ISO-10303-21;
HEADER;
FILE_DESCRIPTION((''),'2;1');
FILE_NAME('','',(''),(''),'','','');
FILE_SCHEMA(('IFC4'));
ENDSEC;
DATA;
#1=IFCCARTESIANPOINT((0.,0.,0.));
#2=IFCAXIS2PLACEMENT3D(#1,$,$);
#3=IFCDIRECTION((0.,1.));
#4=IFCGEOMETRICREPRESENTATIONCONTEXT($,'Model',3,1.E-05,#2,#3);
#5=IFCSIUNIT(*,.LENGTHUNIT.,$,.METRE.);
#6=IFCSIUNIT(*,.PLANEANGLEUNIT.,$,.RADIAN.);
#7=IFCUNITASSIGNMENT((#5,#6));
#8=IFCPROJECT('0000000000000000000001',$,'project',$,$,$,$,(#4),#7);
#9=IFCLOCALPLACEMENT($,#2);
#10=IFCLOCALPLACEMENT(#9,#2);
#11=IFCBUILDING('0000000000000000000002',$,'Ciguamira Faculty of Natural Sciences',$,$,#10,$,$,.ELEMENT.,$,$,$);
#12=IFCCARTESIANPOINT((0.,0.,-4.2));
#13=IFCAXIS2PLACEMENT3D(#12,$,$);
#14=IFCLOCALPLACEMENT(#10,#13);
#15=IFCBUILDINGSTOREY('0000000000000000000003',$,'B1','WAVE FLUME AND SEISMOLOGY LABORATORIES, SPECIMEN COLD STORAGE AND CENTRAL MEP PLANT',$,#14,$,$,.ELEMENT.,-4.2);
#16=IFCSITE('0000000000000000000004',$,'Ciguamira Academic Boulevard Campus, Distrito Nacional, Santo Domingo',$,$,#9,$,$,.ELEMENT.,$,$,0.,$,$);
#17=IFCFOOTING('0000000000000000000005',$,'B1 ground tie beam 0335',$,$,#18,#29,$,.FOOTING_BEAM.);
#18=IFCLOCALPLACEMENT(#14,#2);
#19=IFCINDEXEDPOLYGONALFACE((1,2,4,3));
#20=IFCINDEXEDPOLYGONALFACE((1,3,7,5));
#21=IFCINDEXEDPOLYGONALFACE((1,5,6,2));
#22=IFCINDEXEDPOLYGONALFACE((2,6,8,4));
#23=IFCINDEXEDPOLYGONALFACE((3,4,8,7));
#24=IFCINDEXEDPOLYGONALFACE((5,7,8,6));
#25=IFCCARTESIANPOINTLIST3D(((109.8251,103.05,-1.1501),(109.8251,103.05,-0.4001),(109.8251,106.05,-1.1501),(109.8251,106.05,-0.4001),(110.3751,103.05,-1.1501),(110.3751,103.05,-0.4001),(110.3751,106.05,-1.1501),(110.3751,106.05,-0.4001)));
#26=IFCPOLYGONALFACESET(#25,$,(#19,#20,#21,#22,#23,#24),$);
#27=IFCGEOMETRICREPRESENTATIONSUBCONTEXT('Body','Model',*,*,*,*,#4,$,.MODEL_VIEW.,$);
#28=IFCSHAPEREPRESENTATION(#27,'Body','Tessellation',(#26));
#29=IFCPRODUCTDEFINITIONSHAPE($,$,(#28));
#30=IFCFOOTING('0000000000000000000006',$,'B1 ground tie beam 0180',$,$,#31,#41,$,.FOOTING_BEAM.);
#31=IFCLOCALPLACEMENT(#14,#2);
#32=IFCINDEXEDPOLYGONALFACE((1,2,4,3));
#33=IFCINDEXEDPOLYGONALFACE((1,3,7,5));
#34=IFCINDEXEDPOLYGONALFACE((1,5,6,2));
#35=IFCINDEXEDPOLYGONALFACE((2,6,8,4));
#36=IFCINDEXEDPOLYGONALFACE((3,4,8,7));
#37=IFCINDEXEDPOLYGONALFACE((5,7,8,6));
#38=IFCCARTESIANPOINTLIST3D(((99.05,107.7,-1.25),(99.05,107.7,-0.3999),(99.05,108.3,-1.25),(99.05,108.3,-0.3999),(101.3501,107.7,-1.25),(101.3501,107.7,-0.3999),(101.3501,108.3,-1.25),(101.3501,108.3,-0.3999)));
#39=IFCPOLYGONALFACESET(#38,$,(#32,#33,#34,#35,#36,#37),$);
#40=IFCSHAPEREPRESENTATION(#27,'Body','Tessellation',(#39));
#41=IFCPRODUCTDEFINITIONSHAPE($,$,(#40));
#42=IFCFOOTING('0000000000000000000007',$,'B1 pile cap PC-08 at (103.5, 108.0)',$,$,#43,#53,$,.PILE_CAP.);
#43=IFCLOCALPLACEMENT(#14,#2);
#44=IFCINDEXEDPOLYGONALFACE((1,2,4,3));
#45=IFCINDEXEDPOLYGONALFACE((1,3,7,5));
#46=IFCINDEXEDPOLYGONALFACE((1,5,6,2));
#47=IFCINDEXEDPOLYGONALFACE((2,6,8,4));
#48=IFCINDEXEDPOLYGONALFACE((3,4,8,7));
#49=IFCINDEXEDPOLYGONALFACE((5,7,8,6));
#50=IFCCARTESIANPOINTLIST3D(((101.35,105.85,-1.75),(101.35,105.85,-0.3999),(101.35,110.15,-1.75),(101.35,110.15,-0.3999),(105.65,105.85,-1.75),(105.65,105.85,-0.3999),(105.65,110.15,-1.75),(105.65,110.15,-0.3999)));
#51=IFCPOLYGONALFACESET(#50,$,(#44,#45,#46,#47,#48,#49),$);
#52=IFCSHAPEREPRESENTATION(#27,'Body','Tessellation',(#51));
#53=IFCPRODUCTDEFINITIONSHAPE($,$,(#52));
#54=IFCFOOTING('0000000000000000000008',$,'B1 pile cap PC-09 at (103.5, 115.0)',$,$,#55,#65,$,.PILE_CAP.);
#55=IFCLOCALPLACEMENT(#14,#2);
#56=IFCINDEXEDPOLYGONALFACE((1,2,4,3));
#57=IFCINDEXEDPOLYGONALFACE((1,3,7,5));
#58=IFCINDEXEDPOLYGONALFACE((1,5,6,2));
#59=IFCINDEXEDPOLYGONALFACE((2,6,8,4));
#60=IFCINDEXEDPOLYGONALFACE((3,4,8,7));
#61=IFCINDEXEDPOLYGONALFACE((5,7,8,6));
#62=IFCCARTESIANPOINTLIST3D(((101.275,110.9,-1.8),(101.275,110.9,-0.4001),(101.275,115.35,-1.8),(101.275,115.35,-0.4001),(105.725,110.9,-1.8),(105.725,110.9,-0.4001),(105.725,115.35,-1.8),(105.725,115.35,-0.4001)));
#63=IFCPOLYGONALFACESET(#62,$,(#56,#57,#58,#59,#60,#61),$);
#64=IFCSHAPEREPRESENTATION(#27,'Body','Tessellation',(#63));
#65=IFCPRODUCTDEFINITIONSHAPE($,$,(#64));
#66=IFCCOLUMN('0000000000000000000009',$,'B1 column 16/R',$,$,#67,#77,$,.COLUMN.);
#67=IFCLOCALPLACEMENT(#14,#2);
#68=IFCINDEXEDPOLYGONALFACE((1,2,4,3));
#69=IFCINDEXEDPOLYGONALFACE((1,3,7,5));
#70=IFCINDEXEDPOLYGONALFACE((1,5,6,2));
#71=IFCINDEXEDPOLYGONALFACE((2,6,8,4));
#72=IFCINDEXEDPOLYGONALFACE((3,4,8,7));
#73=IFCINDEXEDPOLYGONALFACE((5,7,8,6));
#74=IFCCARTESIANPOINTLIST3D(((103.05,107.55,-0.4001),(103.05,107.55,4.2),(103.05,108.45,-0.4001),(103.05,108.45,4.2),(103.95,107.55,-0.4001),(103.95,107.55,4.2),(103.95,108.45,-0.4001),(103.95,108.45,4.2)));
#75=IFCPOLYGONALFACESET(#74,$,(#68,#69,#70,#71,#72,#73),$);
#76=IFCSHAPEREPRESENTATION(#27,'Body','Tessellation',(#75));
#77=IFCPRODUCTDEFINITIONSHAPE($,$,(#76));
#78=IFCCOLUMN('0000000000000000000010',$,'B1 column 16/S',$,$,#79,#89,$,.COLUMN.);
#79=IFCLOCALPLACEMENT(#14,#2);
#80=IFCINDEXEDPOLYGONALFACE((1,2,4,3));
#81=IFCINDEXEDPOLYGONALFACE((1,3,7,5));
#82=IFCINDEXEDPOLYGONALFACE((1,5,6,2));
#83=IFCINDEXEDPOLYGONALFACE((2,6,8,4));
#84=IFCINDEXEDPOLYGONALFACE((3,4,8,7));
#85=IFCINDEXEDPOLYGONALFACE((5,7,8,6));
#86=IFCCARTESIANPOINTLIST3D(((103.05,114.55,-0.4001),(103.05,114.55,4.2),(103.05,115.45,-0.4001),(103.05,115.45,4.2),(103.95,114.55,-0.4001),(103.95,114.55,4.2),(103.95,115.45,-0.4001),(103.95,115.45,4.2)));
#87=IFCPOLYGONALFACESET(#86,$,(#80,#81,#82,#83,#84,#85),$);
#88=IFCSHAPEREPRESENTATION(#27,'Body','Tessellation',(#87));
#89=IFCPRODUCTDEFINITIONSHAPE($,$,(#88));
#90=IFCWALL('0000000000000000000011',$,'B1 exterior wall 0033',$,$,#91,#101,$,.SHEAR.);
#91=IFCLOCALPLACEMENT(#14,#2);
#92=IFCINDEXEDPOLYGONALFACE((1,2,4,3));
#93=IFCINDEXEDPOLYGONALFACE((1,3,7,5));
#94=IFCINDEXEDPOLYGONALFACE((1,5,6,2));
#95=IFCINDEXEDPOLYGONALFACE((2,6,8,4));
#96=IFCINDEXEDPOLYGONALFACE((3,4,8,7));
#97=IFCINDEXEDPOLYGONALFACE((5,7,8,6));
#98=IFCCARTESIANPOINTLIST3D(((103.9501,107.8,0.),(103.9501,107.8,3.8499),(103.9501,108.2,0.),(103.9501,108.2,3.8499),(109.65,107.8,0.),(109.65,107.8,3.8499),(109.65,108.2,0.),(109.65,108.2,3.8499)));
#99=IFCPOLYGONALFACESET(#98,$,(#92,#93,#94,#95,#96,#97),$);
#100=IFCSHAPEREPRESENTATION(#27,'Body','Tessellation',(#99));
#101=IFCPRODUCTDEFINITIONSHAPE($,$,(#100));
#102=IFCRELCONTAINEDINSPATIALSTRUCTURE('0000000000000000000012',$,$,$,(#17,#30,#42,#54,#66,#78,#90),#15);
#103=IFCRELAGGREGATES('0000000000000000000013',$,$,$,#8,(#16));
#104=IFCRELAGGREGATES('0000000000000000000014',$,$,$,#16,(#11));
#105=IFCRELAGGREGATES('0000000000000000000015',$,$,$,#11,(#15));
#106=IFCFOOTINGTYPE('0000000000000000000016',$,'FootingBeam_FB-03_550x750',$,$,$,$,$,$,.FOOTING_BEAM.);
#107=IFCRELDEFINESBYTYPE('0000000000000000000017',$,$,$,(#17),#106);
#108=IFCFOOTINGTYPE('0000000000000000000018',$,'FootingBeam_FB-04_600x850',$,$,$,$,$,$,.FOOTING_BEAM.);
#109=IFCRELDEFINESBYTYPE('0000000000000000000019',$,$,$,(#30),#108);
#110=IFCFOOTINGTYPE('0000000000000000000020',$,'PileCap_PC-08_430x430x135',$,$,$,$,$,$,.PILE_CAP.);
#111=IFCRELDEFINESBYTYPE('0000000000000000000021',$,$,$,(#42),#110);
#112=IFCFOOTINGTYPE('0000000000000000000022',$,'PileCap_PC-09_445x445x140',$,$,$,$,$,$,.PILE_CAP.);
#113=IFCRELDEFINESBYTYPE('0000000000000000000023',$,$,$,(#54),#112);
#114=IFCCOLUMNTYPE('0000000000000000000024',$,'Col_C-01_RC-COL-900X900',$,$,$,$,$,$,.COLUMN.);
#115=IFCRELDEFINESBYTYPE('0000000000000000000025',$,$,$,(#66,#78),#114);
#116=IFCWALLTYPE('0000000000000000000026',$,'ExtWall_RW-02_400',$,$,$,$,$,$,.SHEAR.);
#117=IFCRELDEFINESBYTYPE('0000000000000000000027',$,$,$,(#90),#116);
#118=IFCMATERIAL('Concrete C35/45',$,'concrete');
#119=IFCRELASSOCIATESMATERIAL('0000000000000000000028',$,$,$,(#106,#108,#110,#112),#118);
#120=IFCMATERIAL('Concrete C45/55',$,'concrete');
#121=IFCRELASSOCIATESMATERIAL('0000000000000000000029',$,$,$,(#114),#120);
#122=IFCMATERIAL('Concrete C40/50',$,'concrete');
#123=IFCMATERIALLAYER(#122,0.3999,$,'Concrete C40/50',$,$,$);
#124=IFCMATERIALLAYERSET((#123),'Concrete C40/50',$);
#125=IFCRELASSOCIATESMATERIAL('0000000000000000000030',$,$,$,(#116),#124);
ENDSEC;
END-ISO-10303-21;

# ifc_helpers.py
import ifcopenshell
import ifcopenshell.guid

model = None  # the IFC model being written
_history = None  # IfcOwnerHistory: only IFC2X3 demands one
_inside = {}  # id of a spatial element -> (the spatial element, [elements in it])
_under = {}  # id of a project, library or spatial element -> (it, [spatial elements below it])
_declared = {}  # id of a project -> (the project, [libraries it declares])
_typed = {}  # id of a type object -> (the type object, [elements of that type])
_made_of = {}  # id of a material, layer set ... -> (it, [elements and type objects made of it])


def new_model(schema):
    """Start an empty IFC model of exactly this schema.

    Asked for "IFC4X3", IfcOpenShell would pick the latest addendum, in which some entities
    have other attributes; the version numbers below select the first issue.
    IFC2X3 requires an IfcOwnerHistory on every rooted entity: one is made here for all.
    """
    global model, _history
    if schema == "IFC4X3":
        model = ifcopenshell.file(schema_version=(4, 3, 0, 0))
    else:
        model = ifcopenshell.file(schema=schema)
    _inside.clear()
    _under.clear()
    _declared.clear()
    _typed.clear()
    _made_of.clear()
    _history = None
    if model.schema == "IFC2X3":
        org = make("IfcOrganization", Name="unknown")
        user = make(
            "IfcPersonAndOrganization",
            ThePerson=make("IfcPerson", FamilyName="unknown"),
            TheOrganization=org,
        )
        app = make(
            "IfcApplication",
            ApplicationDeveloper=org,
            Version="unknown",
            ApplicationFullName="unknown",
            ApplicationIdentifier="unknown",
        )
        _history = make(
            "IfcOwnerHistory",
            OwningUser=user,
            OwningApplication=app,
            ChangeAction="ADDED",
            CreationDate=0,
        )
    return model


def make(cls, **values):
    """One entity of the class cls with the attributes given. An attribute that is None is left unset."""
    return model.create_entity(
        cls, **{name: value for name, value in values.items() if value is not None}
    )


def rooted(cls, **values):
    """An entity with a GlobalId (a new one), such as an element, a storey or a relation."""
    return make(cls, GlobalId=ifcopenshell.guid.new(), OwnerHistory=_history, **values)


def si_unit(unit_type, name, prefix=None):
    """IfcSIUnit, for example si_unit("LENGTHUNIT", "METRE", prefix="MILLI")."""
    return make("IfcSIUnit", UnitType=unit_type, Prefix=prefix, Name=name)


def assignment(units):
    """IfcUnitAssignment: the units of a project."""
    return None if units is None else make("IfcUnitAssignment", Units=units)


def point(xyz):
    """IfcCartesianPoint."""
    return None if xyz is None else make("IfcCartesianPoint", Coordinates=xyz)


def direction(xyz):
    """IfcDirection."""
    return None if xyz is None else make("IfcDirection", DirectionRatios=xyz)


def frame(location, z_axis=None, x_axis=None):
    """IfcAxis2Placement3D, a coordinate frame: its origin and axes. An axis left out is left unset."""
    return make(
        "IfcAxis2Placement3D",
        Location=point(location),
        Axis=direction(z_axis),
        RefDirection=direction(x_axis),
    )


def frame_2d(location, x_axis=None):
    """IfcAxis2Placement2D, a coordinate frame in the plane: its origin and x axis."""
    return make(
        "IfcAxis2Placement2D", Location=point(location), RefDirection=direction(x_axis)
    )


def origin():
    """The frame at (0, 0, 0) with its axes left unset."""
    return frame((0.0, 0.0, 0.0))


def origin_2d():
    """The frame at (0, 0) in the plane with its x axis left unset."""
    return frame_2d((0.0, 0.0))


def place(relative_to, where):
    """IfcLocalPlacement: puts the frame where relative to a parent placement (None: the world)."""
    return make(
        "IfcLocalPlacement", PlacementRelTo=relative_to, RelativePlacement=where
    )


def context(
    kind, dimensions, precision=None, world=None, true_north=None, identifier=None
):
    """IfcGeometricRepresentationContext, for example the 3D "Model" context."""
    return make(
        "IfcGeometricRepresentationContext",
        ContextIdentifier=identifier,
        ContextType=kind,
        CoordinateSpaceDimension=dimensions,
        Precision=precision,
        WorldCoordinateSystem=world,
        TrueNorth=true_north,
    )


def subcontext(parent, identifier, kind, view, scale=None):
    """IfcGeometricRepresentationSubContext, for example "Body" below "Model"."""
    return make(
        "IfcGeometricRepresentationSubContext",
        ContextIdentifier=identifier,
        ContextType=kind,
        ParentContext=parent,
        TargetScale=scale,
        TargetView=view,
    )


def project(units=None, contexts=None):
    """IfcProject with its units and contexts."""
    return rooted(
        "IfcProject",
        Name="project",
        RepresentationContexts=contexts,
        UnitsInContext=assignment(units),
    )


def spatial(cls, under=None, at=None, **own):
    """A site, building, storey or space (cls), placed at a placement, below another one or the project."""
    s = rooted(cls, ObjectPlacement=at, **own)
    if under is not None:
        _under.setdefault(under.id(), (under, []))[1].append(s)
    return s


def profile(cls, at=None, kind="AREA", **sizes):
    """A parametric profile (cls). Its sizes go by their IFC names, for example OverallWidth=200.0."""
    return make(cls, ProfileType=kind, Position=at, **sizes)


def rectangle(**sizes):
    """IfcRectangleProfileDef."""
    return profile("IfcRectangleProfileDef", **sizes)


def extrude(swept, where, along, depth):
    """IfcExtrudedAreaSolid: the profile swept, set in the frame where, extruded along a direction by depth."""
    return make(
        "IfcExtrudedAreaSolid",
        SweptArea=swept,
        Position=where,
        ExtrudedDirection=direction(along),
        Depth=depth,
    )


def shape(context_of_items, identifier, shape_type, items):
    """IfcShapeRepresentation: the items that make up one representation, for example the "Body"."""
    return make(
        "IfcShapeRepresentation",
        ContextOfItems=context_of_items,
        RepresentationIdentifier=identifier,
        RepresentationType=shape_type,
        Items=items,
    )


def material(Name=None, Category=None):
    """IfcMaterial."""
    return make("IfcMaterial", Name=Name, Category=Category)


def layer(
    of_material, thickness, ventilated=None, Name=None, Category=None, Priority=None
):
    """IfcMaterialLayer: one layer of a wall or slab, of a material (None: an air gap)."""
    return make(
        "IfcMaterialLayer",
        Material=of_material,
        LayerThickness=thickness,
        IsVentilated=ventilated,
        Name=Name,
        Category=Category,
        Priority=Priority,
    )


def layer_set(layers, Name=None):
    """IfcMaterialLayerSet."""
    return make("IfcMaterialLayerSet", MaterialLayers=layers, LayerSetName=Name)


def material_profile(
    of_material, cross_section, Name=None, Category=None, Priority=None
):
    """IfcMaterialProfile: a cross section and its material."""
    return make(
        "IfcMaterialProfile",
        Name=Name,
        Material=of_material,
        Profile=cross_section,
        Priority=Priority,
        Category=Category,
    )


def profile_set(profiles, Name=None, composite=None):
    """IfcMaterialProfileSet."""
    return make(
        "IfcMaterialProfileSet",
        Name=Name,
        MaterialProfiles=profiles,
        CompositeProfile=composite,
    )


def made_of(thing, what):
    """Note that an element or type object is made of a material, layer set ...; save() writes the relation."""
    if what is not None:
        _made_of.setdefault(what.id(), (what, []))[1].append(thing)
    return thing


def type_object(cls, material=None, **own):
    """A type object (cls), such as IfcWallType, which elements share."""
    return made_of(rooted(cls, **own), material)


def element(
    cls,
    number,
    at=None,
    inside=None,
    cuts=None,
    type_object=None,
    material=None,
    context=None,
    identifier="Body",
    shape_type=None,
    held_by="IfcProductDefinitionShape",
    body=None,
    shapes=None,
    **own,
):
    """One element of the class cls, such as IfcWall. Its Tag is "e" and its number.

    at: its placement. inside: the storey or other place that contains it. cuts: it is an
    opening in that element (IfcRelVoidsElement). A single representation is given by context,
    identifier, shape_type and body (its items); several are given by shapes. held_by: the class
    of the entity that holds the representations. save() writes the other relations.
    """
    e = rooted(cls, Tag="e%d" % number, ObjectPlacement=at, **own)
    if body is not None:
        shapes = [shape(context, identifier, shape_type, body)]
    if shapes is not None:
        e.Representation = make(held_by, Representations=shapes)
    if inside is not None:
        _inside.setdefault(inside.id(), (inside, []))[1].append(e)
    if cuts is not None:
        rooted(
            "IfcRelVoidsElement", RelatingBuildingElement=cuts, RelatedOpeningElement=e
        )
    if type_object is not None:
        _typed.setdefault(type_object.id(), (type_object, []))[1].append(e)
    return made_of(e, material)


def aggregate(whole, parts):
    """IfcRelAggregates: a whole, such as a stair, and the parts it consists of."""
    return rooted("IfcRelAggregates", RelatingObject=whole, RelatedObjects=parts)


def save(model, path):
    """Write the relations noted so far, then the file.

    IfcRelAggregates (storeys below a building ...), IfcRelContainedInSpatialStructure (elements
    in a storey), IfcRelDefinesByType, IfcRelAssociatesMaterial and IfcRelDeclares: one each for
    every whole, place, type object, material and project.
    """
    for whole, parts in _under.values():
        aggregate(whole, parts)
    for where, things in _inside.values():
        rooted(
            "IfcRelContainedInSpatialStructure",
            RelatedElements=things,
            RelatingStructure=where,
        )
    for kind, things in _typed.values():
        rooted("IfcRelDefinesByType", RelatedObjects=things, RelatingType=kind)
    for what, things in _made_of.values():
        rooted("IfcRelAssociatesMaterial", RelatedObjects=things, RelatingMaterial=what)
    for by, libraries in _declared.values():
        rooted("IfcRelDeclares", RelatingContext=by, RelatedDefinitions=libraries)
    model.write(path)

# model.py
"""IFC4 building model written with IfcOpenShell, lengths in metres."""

from ifc_helpers import new_model, si_unit, direction, frame, frame_2d, origin, origin_2d, place, context, subcontext, project, spatial, rectangle, extrude, material, layer, layer_set, material_profile, profile_set, type_object, element, save


model = new_model("IFC4")

# Units and contexts
model_context = context("Model", 3, precision=1e-05, world=origin(), true_north=direction((0.0, 1.0)))
body_context = subcontext(model_context, "Body", "Model", "MODEL_VIEW")
ifc_project = project(units=[si_unit("LENGTHUNIT", "METRE"), si_unit("PLANEANGLEUNIT", "RADIAN")], contexts=[model_context])

# Site, building, storey
site_placement = place(None, origin())
site = spatial("IfcSite", under=ifc_project, at=site_placement, Name="Ciguamira Academic Boulevard Campus, Distrito Nacional, Santo Domingo", CompositionType="ELEMENT", RefElevation=0.0)
building_placement = place(site_placement, origin())
building = spatial("IfcBuilding", under=site, at=building_placement, Name="Ciguamira Faculty of Natural Sciences", CompositionType="ELEMENT")
storey_placement = place(building_placement, frame((0.0, 0.0, -4.2)))
storey = spatial("IfcBuildingStorey", under=building, at=storey_placement, Name="B1", Description="WAVE FLUME AND SEISMOLOGY LABORATORIES, SPECIMEN COLD STORAGE AND CENTRAL MEP PLANT", CompositionType="ELEMENT", Elevation=-4.2)

# Shared definitions
ifc_material_1 = material(Name="Concrete C35/45", Category="concrete")

# Footings
ifc_material_profile_1 = material_profile(ifc_material_1, rectangle(XDim=0.55, YDim=0.75, at=origin_2d()), Name="RC-FB-550X750")
ifc_profile_set_1 = profile_set([ifc_material_profile_1], Name="Concrete C35/45")
footing_type_1 = type_object("IfcFootingType", Name="FootingBeam_FB-03_550x750", PredefinedType="FOOTING_BEAM", material=ifc_profile_set_1)
footing_1_placement = place(storey_placement, frame((110.1001, 103.05, -0.7751), z_axis=(0.0, 1.0, 0.0), x_axis=(-1.0, 0.0, 0.0)))
element("IfcFooting", 1, at=footing_1_placement, inside=storey, type_object=footing_type_1, Name="B1 ground tie beam 0335", PredefinedType="FOOTING_BEAM", context=body_context, shape_type="SweptSolid", body=[
    extrude(rectangle(XDim=0.55, YDim=0.75, at=origin_2d()), origin(), (0.0, 0.0, 1.0), 3.0),
])
ifc_material_profile_2 = material_profile(ifc_material_1, rectangle(XDim=0.6001, YDim=0.8501, at=origin_2d()), Name="RC-FB-600X850")
ifc_profile_set_2 = profile_set([ifc_material_profile_2], Name="Concrete C35/45")
footing_type_2 = type_object("IfcFootingType", Name="FootingBeam_FB-04_600x850", PredefinedType="FOOTING_BEAM", material=ifc_profile_set_2)
footing_2_placement = place(storey_placement, frame((99.05, 108.0, -0.825), z_axis=(1.0, 0.0, 0.0), x_axis=(0.0, 1.0, 0.0)))
element("IfcFooting", 2, at=footing_2_placement, inside=storey, type_object=footing_type_2, Name="B1 ground tie beam 0180", PredefinedType="FOOTING_BEAM", context=body_context, shape_type="SweptSolid", body=[
    extrude(rectangle(XDim=0.6001, YDim=0.8501, at=origin_2d()), origin(), (0.0, 0.0, 1.0), 2.3),
])
footing_type_3 = type_object("IfcFootingType", Name="PileCap_PC-08_430x430x135", PredefinedType="PILE_CAP", material=ifc_material_1)
footing_3_placement = place(storey_placement, frame((103.5, 108.0, -1.75), z_axis=(0.0, 0.0, 1.0), x_axis=(1.0, 0.0, 0.0)))
element("IfcFooting", 3, at=footing_3_placement, inside=storey, type_object=footing_type_3, Name="B1 pile cap PC-08 at (103.5, 108.0)", PredefinedType="PILE_CAP", context=body_context, shape_type="SweptSolid", body=[
    extrude(rectangle(XDim=4.3, YDim=4.3, at=origin_2d()), origin(), (0.0, 0.0, 1.0), 1.3501),
])
footing_type_4 = type_object("IfcFootingType", Name="PileCap_PC-09_445x445x140", PredefinedType="PILE_CAP", material=ifc_material_1)
footing_4_placement = place(storey_placement, frame((103.5, 113.125, -1.8), z_axis=(0.0, 0.0, 1.0), x_axis=(1.0, 0.0, 0.0)))
element("IfcFooting", 4, at=footing_4_placement, inside=storey, type_object=footing_type_4, Name="B1 pile cap PC-09 at (103.5, 115.0)", PredefinedType="PILE_CAP", context=body_context, shape_type="SweptSolid", body=[
    extrude(rectangle(XDim=4.45, YDim=4.45, at=origin_2d()), origin(), (0.0, 0.0, 1.0), 1.3999),
])

# Columns
ifc_material_2 = material(Name="Concrete C45/55", Category="concrete")
ifc_material_profile_3 = material_profile(ifc_material_2, rectangle(XDim=0.8999, YDim=0.8999, at=origin_2d()), Name="RC-COL-900X900")
ifc_profile_set_3 = profile_set([ifc_material_profile_3], Name="Concrete C45/55")
column_type = type_object("IfcColumnType", Name="Col_C-01_RC-COL-900X900", PredefinedType="COLUMN", material=ifc_profile_set_3)
for number, where, z_axis, x_axis, name in (
    (5, (103.5, 108.0, -0.4001), (0.0, 0.0, 1.0), (1.0, 0.0, 0.0), "B1 column 16/R"),
    (6, (103.5, 115.0, -0.4001), (0.0, 0.0, 1.0), (1.0, 0.0, 0.0), "B1 column 16/S"),
):
    element("IfcColumn", number, at=place(storey_placement, frame(where, z_axis=z_axis, x_axis=x_axis)), inside=storey, type_object=column_type, Name=name, PredefinedType="COLUMN", context=body_context, shape_type="SweptSolid", body=[
        extrude(rectangle(XDim=0.8999, YDim=0.8999, at=origin_2d()), origin(), (0.0, 0.0, 1.0), 4.6001),
    ])

# Wall
ifc_material_3 = material(Name="Concrete C40/50", Category="concrete")
ifc_layer = layer(ifc_material_3, 0.3999, Name="Concrete C40/50")
ifc_layer_set = layer_set([ifc_layer], Name="Concrete C40/50")
wall_type = type_object("IfcWallType", Name="ExtWall_RW-02_400", PredefinedType="SHEAR", material=ifc_layer_set)
wall_placement = place(storey_placement, frame((103.95, 108.0, 0.0), z_axis=(0.0, 0.0, 1.0), x_axis=(1.0, 0.0, 0.0)))
element("IfcWall", 7, at=wall_placement, inside=storey, type_object=wall_type, Name="B1 exterior wall 0033", PredefinedType="SHEAR", context=body_context, shape_type="SweptSolid", body=[
    extrude(rectangle(XDim=5.7, YDim=0.3999, at=frame_2d((2.8501, 0.0))), origin(), (0.0, 0.0, 1.0), 3.8499),
])

save(model, "model.ifc")
